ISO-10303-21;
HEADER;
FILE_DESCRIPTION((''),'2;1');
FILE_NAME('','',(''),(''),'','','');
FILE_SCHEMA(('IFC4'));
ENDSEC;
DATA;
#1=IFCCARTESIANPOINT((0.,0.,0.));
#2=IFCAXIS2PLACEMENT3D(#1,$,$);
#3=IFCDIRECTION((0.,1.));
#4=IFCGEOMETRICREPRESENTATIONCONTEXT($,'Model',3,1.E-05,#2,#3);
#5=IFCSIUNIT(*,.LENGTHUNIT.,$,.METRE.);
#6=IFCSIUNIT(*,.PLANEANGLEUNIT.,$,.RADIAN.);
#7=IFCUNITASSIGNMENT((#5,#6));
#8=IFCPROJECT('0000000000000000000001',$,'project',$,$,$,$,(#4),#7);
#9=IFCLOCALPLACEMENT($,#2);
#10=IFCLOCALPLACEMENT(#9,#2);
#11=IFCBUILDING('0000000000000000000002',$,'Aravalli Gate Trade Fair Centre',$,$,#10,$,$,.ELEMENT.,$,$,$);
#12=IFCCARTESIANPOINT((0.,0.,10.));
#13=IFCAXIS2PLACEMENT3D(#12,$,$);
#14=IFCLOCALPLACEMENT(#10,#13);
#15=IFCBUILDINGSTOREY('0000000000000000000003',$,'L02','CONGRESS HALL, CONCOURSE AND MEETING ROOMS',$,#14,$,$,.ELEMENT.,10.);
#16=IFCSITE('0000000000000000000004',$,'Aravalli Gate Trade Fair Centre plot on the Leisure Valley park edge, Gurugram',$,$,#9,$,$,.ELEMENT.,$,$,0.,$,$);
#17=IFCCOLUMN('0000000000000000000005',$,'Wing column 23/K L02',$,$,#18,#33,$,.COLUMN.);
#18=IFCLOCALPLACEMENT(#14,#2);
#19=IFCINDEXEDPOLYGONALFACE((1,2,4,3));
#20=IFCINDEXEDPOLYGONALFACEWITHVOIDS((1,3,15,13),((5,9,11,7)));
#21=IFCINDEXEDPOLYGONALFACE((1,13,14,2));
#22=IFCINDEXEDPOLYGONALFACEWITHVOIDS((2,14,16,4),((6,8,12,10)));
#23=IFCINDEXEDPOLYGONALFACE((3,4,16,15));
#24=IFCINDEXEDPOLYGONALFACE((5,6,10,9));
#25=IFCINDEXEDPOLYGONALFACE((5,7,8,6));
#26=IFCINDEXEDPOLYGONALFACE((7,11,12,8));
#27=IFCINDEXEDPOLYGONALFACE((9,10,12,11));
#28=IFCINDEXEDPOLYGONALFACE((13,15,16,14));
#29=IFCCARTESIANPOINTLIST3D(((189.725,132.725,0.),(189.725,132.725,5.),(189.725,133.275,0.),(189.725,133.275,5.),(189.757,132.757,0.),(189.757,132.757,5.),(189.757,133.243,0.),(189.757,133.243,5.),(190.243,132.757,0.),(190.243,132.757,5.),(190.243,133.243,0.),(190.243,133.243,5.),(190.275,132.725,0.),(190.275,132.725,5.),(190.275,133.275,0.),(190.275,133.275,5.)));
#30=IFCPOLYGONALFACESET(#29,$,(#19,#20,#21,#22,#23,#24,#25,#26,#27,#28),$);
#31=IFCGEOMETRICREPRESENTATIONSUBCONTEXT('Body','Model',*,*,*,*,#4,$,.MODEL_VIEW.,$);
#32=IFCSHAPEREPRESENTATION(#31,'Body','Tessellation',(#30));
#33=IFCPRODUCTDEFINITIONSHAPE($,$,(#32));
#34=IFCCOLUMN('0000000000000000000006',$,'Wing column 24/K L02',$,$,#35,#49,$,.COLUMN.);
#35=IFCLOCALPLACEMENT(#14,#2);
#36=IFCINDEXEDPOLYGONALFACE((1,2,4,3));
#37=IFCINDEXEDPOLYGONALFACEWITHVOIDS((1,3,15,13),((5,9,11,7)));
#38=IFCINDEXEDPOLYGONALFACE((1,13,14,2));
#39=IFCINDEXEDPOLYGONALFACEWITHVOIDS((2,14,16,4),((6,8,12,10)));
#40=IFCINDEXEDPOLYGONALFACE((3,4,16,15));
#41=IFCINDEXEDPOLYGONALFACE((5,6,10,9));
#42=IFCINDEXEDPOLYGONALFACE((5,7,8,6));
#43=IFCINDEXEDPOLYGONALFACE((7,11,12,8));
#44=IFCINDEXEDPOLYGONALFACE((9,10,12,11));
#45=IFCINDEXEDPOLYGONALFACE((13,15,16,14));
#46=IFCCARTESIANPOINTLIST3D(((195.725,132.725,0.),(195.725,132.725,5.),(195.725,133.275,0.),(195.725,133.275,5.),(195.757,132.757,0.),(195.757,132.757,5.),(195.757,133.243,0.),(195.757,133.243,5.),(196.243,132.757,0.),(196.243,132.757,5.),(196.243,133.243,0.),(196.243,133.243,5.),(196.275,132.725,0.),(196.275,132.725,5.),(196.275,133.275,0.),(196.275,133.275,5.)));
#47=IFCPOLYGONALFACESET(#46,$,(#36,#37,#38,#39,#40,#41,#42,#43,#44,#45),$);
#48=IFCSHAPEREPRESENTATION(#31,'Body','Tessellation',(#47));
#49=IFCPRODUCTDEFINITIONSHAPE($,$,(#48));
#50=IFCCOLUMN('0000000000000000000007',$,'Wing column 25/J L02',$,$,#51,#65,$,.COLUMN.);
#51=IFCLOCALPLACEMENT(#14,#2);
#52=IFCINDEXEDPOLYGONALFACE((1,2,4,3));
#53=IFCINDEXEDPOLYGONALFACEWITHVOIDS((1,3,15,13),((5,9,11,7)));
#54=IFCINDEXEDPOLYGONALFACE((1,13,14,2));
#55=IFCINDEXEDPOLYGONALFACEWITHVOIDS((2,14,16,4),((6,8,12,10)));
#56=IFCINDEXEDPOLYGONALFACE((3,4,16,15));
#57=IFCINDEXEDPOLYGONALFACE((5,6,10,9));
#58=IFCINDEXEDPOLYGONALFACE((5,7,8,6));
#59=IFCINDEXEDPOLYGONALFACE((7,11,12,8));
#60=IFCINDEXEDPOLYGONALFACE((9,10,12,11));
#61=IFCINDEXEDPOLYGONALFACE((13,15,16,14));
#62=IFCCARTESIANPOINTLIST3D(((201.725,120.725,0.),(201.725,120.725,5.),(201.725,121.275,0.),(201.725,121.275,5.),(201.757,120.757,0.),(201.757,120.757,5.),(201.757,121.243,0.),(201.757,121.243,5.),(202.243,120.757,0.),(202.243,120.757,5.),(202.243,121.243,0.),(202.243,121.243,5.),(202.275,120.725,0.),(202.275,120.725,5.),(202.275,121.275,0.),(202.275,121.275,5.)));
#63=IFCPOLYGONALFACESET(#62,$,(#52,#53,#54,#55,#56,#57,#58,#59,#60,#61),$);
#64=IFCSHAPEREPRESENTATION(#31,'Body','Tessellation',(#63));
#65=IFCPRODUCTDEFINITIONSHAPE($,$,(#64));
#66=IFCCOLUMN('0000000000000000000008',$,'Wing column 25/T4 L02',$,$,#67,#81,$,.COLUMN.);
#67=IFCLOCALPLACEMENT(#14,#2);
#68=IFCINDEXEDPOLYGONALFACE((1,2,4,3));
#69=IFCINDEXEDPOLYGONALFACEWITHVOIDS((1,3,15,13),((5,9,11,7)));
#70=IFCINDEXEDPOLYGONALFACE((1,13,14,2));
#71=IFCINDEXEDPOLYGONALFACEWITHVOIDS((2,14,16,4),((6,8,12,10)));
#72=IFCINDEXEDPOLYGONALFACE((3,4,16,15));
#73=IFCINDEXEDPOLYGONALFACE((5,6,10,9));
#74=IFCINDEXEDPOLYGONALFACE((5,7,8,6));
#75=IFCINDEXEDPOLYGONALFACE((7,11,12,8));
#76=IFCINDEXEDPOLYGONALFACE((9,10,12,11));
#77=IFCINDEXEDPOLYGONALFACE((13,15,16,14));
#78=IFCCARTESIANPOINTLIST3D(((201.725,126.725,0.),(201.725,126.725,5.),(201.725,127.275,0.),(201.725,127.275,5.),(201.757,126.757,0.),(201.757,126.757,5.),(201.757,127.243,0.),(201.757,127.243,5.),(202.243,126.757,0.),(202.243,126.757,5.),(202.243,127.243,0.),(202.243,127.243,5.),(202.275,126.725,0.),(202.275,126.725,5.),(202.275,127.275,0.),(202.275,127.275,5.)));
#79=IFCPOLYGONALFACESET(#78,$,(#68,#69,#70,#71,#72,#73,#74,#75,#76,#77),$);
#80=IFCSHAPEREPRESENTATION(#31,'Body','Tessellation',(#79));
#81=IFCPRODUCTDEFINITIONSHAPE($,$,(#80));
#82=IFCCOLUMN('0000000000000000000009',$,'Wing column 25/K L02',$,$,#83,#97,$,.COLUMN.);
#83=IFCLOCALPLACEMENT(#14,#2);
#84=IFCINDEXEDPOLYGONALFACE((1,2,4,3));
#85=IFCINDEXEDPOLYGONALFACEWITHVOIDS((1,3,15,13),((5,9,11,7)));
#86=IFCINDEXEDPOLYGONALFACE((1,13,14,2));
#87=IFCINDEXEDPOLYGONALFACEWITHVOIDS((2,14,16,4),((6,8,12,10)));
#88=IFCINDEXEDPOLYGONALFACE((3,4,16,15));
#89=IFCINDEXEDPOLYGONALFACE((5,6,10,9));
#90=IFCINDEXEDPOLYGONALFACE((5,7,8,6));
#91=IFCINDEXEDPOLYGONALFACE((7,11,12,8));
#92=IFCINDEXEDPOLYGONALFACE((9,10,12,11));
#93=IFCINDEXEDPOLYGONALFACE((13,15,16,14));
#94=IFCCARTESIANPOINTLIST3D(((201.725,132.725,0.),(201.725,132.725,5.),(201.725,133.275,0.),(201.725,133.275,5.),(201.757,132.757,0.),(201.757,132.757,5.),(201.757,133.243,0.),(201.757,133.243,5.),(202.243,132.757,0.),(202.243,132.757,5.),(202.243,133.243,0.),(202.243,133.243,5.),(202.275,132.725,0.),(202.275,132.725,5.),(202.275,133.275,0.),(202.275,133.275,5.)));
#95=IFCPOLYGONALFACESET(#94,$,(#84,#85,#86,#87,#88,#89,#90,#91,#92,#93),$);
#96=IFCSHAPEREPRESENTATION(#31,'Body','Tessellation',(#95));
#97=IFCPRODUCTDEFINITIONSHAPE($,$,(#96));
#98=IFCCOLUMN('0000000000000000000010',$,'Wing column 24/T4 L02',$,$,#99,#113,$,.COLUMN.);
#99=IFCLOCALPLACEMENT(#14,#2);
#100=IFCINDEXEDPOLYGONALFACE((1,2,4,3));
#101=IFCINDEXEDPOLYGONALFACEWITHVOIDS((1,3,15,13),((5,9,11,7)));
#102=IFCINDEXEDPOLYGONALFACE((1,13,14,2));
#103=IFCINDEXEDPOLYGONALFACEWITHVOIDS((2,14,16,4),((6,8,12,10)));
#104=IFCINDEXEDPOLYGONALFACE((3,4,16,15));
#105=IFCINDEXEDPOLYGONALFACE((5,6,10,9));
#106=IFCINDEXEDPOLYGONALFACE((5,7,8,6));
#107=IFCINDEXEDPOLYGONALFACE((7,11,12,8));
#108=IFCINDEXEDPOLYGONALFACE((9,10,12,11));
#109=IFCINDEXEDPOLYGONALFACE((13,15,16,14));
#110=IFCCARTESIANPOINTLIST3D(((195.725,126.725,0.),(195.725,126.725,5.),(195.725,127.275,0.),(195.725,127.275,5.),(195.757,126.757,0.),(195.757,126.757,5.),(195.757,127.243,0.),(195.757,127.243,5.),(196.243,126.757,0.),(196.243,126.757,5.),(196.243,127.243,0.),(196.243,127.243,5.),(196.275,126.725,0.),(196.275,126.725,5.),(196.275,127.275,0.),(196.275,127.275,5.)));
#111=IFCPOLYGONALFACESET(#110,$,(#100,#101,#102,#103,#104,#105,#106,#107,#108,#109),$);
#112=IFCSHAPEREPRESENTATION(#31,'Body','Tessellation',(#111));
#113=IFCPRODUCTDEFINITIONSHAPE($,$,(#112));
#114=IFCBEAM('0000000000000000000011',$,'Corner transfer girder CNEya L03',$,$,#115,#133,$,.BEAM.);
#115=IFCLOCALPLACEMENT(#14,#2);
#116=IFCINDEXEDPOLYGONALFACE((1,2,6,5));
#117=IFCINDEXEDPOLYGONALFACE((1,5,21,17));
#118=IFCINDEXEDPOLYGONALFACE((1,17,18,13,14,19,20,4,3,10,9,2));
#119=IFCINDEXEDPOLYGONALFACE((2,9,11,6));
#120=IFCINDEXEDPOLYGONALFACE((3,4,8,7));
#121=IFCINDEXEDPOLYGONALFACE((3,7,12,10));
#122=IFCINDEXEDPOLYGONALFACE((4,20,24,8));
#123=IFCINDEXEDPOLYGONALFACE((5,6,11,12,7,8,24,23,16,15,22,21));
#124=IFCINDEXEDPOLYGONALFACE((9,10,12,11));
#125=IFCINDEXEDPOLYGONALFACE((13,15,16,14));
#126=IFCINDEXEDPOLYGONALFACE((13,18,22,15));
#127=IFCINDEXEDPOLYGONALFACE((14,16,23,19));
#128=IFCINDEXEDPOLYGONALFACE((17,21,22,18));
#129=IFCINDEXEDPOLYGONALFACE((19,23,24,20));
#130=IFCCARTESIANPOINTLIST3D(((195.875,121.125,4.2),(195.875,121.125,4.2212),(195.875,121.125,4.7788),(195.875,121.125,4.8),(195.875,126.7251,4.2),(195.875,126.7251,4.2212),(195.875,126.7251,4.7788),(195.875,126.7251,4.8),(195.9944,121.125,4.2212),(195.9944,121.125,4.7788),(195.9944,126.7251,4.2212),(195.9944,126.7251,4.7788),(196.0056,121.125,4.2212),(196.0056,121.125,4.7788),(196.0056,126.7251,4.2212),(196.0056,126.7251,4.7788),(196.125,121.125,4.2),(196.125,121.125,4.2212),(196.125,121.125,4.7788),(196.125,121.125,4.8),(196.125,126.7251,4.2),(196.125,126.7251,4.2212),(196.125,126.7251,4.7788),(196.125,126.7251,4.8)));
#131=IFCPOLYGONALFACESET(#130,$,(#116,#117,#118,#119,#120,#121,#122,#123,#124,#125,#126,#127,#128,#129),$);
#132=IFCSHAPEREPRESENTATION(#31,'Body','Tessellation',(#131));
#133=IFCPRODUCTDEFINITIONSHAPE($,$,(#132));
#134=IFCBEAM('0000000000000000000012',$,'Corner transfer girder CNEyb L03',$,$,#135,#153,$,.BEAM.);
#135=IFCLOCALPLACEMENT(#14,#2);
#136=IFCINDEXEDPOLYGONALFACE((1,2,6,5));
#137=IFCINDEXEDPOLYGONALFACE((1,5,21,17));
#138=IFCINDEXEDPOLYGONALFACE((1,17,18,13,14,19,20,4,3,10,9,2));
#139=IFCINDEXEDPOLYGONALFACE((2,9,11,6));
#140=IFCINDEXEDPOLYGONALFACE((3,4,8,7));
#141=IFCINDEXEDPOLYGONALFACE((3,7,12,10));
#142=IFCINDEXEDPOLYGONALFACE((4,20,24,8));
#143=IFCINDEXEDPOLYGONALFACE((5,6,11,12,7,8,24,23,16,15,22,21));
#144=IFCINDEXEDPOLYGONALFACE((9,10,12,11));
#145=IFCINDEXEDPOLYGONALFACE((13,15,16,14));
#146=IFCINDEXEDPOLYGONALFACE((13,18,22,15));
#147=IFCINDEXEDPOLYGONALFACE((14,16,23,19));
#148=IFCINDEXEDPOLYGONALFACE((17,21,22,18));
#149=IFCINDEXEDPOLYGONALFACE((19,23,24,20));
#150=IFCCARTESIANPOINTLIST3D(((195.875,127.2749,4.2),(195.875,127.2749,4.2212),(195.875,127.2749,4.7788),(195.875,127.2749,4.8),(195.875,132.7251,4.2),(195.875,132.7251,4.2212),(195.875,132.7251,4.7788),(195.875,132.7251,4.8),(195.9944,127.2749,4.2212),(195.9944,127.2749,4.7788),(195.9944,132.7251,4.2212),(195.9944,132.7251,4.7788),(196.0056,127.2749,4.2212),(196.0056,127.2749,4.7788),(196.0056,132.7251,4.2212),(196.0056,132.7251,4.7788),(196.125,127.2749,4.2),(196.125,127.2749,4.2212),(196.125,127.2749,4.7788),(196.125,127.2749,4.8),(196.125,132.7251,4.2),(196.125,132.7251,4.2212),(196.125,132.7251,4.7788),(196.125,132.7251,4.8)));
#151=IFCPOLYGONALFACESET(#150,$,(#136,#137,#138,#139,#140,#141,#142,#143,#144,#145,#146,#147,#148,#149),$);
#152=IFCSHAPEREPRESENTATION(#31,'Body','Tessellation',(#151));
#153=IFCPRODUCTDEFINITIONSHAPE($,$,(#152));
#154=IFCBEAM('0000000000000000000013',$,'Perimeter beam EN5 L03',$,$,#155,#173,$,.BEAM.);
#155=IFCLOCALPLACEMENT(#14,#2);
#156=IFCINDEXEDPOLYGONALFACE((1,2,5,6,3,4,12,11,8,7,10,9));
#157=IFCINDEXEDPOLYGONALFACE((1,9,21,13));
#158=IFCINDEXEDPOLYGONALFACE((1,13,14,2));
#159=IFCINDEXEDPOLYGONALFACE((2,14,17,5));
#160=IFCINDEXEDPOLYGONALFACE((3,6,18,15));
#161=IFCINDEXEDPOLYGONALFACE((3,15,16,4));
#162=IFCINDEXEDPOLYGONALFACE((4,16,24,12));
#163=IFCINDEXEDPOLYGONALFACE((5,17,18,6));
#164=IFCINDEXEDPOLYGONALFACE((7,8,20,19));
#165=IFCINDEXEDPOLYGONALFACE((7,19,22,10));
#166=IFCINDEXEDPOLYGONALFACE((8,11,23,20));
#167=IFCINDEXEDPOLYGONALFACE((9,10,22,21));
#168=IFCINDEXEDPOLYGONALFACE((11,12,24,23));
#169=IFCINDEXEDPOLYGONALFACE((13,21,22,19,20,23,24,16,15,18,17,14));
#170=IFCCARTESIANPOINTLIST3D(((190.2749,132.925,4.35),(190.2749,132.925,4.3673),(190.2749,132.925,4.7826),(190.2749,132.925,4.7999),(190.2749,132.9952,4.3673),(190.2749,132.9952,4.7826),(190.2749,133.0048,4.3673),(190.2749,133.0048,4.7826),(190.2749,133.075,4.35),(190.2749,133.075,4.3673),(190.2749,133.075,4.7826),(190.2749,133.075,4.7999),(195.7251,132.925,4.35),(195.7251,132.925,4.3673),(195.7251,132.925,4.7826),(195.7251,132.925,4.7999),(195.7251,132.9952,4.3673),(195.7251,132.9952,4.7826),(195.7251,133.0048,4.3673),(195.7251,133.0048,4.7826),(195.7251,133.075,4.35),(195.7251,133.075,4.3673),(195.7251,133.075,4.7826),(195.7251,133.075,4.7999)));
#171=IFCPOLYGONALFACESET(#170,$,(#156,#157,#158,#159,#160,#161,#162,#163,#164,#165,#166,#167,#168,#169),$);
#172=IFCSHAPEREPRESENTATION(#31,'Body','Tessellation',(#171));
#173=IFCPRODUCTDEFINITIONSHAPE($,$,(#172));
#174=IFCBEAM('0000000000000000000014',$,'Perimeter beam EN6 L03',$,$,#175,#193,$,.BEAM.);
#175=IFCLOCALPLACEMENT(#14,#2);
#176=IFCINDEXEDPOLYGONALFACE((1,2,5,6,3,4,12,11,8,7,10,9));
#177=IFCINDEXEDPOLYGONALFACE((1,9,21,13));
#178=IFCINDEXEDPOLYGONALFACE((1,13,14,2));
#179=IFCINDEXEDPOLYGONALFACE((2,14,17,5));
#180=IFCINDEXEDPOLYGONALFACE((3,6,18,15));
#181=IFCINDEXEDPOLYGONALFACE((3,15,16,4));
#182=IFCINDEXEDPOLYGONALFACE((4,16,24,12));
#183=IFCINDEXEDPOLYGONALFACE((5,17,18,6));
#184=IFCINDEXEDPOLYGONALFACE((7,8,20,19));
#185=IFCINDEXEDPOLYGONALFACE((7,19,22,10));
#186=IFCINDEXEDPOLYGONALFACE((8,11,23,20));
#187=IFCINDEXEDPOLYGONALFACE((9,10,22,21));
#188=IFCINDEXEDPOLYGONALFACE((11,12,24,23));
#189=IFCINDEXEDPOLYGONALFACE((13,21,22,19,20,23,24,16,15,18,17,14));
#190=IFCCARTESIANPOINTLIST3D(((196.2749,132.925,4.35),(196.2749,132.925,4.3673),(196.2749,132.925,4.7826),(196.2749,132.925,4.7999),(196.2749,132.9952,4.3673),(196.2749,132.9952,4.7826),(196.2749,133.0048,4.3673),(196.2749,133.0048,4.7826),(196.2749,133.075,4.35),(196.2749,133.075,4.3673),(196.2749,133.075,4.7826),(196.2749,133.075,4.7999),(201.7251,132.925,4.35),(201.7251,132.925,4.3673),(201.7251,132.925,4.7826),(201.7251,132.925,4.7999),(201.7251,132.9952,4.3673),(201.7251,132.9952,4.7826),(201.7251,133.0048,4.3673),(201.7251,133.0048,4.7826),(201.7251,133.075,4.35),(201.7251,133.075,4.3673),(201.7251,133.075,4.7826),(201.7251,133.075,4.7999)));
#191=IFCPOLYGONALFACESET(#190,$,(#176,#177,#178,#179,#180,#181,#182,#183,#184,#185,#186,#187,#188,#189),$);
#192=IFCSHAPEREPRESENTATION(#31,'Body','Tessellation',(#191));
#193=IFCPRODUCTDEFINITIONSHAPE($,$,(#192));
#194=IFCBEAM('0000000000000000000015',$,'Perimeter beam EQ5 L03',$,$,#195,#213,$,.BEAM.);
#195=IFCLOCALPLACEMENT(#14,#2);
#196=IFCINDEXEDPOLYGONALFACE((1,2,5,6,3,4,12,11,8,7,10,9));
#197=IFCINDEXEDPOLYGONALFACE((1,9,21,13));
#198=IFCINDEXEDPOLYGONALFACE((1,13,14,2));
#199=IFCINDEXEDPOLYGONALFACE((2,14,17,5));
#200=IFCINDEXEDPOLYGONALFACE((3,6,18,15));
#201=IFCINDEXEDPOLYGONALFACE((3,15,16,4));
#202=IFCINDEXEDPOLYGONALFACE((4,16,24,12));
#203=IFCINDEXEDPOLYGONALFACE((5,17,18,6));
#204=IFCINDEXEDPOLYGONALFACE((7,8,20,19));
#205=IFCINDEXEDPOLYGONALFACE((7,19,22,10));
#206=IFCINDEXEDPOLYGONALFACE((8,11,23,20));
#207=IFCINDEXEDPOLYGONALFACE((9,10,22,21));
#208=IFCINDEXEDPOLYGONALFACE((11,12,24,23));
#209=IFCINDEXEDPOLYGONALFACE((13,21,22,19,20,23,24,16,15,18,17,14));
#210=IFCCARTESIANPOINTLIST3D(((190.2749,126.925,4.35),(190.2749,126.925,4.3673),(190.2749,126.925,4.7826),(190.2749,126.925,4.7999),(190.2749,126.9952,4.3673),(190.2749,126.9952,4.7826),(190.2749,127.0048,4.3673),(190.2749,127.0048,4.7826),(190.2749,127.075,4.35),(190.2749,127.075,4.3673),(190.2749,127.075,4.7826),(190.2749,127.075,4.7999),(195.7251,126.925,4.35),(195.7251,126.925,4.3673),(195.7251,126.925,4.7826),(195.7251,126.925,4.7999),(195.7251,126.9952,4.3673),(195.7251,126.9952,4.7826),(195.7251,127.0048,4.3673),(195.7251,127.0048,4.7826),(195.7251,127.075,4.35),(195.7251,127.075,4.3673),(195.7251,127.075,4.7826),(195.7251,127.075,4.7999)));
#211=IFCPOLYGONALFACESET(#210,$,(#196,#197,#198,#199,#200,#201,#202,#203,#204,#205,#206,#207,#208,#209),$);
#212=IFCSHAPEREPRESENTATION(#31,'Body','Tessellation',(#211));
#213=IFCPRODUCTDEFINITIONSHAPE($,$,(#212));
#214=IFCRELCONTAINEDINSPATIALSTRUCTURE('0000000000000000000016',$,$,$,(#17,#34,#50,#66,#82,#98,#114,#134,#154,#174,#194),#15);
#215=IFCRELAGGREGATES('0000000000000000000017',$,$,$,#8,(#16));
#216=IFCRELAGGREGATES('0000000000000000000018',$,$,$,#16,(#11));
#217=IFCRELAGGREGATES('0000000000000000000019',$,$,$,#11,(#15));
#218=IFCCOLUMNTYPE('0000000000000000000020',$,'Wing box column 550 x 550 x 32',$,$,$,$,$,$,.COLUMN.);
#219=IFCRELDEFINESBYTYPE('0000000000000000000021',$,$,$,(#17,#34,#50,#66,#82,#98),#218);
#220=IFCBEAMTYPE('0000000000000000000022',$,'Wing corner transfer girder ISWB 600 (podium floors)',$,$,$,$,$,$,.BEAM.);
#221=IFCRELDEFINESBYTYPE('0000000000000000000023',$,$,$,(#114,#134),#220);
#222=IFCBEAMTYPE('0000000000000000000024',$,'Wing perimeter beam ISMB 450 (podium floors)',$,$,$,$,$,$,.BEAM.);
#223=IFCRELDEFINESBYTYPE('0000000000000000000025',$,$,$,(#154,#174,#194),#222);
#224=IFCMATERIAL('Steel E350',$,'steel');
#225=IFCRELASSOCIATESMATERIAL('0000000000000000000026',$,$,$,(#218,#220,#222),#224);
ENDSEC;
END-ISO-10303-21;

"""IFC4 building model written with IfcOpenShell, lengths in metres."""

from ifc_helpers import new_model, si_unit, direction, frame, origin, origin_2d, place, context, subcontext, project, spatial, hollow_rectangle, i_section, extrude, material, material_profile, profile_set, type_object, element, save


model = new_model("IFC4")

# Units and contexts
model_context = context("Model", 3, precision=1e-05, world=origin(), true_north=direction((0.0, 1.0)))
body_context = subcontext(model_context, "Body", "Model", "MODEL_VIEW")
ifc_project = project(units=[si_unit("LENGTHUNIT", "METRE"), si_unit("PLANEANGLEUNIT", "RADIAN")], contexts=[model_context])

# Site, building, storey
site_placement = place(None, origin())
site = spatial("IfcSite", under=ifc_project, at=site_placement, Name="Aravalli Gate Trade Fair Centre plot on the Leisure Valley park edge, Gurugram", CompositionType="ELEMENT", RefElevation=0.0)
building_placement = place(site_placement, origin())
building = spatial("IfcBuilding", under=site, at=building_placement, Name="Aravalli Gate Trade Fair Centre", CompositionType="ELEMENT")
storey_placement = place(building_placement, frame((0.0, 0.0, 10.0)))
storey = spatial("IfcBuildingStorey", under=building, at=storey_placement, Name="L02", Description="CONGRESS HALL, CONCOURSE AND MEETING ROOMS", CompositionType="ELEMENT", Elevation=10.0)

# Columns
ifc_material_1 = material(Name="Steel E350", Category="steel")
ifc_material_profile_1 = material_profile(ifc_material_1, hollow_rectangle(XDim=0.55, YDim=0.55, WallThickness=0.032, at=origin_2d()), Name="BOX 550x550x32")
ifc_profile_set_1 = profile_set([ifc_material_profile_1], Name="Steel E350")
column_type = type_object("IfcColumnType", Name="Wing box column 550 x 550 x 32", PredefinedType="COLUMN", material=ifc_profile_set_1)
for number, where, z_axis, x_axis, name in (
    (1, (190.0, 133.0, 0.0), (0.0, 0.0, 1.0), (1.0, 0.0, 0.0), "Wing column 23/K L02"),
    (2, (196.0, 133.0, 0.0), (0.0, 0.0, 1.0), (1.0, 0.0, 0.0), "Wing column 24/K L02"),
    (3, (202.0, 121.0, 0.0), (0.0, 0.0, 1.0), (1.0, 0.0, 0.0), "Wing column 25/J L02"),
    (4, (202.0, 127.0, 0.0), (0.0, 0.0, 1.0), (1.0, 0.0, 0.0), "Wing column 25/T4 L02"),
    (5, (202.0, 133.0, 0.0), (0.0, 0.0, 1.0), (1.0, 0.0, 0.0), "Wing column 25/K L02"),
    (6, (196.0, 127.0, 0.0), (0.0, 0.0, 1.0), (1.0, 0.0, 0.0), "Wing column 24/T4 L02"),
):
    element("IfcColumn", number, at=place(storey_placement, frame(where, z_axis=z_axis, x_axis=x_axis)), inside=storey, type_object=column_type, Name=name, PredefinedType="COLUMN", context=body_context, shape_type="SweptSolid", body=[
        extrude(hollow_rectangle(XDim=0.55, YDim=0.55, WallThickness=0.032, at=origin_2d()), origin(), (0.0, 0.0, 1.0), 5.0),
    ])

# Beams
ifc_material_profile_2 = material_profile(ifc_material_1, i_section(OverallWidth=0.25, OverallDepth=0.6001, WebThickness=0.0112, FlangeThickness=0.0212, at=origin_2d()), Name="ISWB 600")
ifc_profile_set_2 = profile_set([ifc_material_profile_2], Name="Steel E350")
beam_type_1 = type_object("IfcBeamType", Name="Wing corner transfer girder ISWB 600 (podium floors)", PredefinedType="BEAM", material=ifc_profile_set_2)
beam_1_placement = place(storey_placement, frame((196.0, 121.125, 4.5), z_axis=(0.0, 1.0, 0.0), x_axis=(-1.0, 0.0, 0.0)))
element("IfcBeam", 7, at=beam_1_placement, inside=storey, type_object=beam_type_1, Name="Corner transfer girder CNEya L03", PredefinedType="BEAM", context=body_context, shape_type="SweptSolid", body=[
    extrude(i_section(OverallWidth=0.25, OverallDepth=0.6001, WebThickness=0.0112, FlangeThickness=0.0212, at=origin_2d()), origin(), (0.0, 0.0, 1.0), 5.6001),
])
beam_2_placement = place(storey_placement, frame((196.0, 127.2749, 4.5), z_axis=(0.0, 1.0, 0.0), x_axis=(-1.0, 0.0, 0.0)))
element("IfcBeam", 8, at=beam_2_placement, inside=storey, type_object=beam_type_1, Name="Corner transfer girder CNEyb L03", PredefinedType="BEAM", context=body_context, shape_type="SweptSolid", body=[
    extrude(i_section(OverallWidth=0.25, OverallDepth=0.6001, WebThickness=0.0112, FlangeThickness=0.0212, at=origin_2d()), origin(), (0.0, 0.0, 1.0), 5.4502),
])
ifc_material_profile_3 = material_profile(ifc_material_1, i_section(OverallWidth=0.1499, OverallDepth=0.45, WebThickness=0.0095, FlangeThickness=0.0173, at=origin_2d()), Name="ISMB 450")
ifc_profile_set_3 = profile_set([ifc_material_profile_3], Name="Steel E350")
beam_type_2 = type_object("IfcBeamType", Name="Wing perimeter beam ISMB 450 (podium floors)", PredefinedType="BEAM", material=ifc_profile_set_3)
for number, where, z_axis, x_axis, name in (
    (9, (190.2749, 133.0, 4.575), (1.0, 0.0, 0.0), (0.0, 1.0, 0.0), "Perimeter beam EN5 L03"),
    (10, (196.2749, 133.0, 4.575), (1.0, 0.0, 0.0), (0.0, 1.0, 0.0), "Perimeter beam EN6 L03"),
    (11, (190.2749, 127.0, 4.575), (1.0, 0.0, 0.0), (0.0, 1.0, 0.0), "Perimeter beam EQ5 L03"),
):
    element("IfcBeam", number, at=place(storey_placement, frame(where, z_axis=z_axis, x_axis=x_axis)), inside=storey, type_object=beam_type_2, Name=name, PredefinedType="BEAM", context=body_context, shape_type="SweptSolid", body=[
        extrude(i_section(OverallWidth=0.1499, OverallDepth=0.45, WebThickness=0.0095, FlangeThickness=0.0173, at=origin_2d()), origin(), (0.0, 0.0, 1.0), 5.4502),
    ])

save(model, "model.ifc")
